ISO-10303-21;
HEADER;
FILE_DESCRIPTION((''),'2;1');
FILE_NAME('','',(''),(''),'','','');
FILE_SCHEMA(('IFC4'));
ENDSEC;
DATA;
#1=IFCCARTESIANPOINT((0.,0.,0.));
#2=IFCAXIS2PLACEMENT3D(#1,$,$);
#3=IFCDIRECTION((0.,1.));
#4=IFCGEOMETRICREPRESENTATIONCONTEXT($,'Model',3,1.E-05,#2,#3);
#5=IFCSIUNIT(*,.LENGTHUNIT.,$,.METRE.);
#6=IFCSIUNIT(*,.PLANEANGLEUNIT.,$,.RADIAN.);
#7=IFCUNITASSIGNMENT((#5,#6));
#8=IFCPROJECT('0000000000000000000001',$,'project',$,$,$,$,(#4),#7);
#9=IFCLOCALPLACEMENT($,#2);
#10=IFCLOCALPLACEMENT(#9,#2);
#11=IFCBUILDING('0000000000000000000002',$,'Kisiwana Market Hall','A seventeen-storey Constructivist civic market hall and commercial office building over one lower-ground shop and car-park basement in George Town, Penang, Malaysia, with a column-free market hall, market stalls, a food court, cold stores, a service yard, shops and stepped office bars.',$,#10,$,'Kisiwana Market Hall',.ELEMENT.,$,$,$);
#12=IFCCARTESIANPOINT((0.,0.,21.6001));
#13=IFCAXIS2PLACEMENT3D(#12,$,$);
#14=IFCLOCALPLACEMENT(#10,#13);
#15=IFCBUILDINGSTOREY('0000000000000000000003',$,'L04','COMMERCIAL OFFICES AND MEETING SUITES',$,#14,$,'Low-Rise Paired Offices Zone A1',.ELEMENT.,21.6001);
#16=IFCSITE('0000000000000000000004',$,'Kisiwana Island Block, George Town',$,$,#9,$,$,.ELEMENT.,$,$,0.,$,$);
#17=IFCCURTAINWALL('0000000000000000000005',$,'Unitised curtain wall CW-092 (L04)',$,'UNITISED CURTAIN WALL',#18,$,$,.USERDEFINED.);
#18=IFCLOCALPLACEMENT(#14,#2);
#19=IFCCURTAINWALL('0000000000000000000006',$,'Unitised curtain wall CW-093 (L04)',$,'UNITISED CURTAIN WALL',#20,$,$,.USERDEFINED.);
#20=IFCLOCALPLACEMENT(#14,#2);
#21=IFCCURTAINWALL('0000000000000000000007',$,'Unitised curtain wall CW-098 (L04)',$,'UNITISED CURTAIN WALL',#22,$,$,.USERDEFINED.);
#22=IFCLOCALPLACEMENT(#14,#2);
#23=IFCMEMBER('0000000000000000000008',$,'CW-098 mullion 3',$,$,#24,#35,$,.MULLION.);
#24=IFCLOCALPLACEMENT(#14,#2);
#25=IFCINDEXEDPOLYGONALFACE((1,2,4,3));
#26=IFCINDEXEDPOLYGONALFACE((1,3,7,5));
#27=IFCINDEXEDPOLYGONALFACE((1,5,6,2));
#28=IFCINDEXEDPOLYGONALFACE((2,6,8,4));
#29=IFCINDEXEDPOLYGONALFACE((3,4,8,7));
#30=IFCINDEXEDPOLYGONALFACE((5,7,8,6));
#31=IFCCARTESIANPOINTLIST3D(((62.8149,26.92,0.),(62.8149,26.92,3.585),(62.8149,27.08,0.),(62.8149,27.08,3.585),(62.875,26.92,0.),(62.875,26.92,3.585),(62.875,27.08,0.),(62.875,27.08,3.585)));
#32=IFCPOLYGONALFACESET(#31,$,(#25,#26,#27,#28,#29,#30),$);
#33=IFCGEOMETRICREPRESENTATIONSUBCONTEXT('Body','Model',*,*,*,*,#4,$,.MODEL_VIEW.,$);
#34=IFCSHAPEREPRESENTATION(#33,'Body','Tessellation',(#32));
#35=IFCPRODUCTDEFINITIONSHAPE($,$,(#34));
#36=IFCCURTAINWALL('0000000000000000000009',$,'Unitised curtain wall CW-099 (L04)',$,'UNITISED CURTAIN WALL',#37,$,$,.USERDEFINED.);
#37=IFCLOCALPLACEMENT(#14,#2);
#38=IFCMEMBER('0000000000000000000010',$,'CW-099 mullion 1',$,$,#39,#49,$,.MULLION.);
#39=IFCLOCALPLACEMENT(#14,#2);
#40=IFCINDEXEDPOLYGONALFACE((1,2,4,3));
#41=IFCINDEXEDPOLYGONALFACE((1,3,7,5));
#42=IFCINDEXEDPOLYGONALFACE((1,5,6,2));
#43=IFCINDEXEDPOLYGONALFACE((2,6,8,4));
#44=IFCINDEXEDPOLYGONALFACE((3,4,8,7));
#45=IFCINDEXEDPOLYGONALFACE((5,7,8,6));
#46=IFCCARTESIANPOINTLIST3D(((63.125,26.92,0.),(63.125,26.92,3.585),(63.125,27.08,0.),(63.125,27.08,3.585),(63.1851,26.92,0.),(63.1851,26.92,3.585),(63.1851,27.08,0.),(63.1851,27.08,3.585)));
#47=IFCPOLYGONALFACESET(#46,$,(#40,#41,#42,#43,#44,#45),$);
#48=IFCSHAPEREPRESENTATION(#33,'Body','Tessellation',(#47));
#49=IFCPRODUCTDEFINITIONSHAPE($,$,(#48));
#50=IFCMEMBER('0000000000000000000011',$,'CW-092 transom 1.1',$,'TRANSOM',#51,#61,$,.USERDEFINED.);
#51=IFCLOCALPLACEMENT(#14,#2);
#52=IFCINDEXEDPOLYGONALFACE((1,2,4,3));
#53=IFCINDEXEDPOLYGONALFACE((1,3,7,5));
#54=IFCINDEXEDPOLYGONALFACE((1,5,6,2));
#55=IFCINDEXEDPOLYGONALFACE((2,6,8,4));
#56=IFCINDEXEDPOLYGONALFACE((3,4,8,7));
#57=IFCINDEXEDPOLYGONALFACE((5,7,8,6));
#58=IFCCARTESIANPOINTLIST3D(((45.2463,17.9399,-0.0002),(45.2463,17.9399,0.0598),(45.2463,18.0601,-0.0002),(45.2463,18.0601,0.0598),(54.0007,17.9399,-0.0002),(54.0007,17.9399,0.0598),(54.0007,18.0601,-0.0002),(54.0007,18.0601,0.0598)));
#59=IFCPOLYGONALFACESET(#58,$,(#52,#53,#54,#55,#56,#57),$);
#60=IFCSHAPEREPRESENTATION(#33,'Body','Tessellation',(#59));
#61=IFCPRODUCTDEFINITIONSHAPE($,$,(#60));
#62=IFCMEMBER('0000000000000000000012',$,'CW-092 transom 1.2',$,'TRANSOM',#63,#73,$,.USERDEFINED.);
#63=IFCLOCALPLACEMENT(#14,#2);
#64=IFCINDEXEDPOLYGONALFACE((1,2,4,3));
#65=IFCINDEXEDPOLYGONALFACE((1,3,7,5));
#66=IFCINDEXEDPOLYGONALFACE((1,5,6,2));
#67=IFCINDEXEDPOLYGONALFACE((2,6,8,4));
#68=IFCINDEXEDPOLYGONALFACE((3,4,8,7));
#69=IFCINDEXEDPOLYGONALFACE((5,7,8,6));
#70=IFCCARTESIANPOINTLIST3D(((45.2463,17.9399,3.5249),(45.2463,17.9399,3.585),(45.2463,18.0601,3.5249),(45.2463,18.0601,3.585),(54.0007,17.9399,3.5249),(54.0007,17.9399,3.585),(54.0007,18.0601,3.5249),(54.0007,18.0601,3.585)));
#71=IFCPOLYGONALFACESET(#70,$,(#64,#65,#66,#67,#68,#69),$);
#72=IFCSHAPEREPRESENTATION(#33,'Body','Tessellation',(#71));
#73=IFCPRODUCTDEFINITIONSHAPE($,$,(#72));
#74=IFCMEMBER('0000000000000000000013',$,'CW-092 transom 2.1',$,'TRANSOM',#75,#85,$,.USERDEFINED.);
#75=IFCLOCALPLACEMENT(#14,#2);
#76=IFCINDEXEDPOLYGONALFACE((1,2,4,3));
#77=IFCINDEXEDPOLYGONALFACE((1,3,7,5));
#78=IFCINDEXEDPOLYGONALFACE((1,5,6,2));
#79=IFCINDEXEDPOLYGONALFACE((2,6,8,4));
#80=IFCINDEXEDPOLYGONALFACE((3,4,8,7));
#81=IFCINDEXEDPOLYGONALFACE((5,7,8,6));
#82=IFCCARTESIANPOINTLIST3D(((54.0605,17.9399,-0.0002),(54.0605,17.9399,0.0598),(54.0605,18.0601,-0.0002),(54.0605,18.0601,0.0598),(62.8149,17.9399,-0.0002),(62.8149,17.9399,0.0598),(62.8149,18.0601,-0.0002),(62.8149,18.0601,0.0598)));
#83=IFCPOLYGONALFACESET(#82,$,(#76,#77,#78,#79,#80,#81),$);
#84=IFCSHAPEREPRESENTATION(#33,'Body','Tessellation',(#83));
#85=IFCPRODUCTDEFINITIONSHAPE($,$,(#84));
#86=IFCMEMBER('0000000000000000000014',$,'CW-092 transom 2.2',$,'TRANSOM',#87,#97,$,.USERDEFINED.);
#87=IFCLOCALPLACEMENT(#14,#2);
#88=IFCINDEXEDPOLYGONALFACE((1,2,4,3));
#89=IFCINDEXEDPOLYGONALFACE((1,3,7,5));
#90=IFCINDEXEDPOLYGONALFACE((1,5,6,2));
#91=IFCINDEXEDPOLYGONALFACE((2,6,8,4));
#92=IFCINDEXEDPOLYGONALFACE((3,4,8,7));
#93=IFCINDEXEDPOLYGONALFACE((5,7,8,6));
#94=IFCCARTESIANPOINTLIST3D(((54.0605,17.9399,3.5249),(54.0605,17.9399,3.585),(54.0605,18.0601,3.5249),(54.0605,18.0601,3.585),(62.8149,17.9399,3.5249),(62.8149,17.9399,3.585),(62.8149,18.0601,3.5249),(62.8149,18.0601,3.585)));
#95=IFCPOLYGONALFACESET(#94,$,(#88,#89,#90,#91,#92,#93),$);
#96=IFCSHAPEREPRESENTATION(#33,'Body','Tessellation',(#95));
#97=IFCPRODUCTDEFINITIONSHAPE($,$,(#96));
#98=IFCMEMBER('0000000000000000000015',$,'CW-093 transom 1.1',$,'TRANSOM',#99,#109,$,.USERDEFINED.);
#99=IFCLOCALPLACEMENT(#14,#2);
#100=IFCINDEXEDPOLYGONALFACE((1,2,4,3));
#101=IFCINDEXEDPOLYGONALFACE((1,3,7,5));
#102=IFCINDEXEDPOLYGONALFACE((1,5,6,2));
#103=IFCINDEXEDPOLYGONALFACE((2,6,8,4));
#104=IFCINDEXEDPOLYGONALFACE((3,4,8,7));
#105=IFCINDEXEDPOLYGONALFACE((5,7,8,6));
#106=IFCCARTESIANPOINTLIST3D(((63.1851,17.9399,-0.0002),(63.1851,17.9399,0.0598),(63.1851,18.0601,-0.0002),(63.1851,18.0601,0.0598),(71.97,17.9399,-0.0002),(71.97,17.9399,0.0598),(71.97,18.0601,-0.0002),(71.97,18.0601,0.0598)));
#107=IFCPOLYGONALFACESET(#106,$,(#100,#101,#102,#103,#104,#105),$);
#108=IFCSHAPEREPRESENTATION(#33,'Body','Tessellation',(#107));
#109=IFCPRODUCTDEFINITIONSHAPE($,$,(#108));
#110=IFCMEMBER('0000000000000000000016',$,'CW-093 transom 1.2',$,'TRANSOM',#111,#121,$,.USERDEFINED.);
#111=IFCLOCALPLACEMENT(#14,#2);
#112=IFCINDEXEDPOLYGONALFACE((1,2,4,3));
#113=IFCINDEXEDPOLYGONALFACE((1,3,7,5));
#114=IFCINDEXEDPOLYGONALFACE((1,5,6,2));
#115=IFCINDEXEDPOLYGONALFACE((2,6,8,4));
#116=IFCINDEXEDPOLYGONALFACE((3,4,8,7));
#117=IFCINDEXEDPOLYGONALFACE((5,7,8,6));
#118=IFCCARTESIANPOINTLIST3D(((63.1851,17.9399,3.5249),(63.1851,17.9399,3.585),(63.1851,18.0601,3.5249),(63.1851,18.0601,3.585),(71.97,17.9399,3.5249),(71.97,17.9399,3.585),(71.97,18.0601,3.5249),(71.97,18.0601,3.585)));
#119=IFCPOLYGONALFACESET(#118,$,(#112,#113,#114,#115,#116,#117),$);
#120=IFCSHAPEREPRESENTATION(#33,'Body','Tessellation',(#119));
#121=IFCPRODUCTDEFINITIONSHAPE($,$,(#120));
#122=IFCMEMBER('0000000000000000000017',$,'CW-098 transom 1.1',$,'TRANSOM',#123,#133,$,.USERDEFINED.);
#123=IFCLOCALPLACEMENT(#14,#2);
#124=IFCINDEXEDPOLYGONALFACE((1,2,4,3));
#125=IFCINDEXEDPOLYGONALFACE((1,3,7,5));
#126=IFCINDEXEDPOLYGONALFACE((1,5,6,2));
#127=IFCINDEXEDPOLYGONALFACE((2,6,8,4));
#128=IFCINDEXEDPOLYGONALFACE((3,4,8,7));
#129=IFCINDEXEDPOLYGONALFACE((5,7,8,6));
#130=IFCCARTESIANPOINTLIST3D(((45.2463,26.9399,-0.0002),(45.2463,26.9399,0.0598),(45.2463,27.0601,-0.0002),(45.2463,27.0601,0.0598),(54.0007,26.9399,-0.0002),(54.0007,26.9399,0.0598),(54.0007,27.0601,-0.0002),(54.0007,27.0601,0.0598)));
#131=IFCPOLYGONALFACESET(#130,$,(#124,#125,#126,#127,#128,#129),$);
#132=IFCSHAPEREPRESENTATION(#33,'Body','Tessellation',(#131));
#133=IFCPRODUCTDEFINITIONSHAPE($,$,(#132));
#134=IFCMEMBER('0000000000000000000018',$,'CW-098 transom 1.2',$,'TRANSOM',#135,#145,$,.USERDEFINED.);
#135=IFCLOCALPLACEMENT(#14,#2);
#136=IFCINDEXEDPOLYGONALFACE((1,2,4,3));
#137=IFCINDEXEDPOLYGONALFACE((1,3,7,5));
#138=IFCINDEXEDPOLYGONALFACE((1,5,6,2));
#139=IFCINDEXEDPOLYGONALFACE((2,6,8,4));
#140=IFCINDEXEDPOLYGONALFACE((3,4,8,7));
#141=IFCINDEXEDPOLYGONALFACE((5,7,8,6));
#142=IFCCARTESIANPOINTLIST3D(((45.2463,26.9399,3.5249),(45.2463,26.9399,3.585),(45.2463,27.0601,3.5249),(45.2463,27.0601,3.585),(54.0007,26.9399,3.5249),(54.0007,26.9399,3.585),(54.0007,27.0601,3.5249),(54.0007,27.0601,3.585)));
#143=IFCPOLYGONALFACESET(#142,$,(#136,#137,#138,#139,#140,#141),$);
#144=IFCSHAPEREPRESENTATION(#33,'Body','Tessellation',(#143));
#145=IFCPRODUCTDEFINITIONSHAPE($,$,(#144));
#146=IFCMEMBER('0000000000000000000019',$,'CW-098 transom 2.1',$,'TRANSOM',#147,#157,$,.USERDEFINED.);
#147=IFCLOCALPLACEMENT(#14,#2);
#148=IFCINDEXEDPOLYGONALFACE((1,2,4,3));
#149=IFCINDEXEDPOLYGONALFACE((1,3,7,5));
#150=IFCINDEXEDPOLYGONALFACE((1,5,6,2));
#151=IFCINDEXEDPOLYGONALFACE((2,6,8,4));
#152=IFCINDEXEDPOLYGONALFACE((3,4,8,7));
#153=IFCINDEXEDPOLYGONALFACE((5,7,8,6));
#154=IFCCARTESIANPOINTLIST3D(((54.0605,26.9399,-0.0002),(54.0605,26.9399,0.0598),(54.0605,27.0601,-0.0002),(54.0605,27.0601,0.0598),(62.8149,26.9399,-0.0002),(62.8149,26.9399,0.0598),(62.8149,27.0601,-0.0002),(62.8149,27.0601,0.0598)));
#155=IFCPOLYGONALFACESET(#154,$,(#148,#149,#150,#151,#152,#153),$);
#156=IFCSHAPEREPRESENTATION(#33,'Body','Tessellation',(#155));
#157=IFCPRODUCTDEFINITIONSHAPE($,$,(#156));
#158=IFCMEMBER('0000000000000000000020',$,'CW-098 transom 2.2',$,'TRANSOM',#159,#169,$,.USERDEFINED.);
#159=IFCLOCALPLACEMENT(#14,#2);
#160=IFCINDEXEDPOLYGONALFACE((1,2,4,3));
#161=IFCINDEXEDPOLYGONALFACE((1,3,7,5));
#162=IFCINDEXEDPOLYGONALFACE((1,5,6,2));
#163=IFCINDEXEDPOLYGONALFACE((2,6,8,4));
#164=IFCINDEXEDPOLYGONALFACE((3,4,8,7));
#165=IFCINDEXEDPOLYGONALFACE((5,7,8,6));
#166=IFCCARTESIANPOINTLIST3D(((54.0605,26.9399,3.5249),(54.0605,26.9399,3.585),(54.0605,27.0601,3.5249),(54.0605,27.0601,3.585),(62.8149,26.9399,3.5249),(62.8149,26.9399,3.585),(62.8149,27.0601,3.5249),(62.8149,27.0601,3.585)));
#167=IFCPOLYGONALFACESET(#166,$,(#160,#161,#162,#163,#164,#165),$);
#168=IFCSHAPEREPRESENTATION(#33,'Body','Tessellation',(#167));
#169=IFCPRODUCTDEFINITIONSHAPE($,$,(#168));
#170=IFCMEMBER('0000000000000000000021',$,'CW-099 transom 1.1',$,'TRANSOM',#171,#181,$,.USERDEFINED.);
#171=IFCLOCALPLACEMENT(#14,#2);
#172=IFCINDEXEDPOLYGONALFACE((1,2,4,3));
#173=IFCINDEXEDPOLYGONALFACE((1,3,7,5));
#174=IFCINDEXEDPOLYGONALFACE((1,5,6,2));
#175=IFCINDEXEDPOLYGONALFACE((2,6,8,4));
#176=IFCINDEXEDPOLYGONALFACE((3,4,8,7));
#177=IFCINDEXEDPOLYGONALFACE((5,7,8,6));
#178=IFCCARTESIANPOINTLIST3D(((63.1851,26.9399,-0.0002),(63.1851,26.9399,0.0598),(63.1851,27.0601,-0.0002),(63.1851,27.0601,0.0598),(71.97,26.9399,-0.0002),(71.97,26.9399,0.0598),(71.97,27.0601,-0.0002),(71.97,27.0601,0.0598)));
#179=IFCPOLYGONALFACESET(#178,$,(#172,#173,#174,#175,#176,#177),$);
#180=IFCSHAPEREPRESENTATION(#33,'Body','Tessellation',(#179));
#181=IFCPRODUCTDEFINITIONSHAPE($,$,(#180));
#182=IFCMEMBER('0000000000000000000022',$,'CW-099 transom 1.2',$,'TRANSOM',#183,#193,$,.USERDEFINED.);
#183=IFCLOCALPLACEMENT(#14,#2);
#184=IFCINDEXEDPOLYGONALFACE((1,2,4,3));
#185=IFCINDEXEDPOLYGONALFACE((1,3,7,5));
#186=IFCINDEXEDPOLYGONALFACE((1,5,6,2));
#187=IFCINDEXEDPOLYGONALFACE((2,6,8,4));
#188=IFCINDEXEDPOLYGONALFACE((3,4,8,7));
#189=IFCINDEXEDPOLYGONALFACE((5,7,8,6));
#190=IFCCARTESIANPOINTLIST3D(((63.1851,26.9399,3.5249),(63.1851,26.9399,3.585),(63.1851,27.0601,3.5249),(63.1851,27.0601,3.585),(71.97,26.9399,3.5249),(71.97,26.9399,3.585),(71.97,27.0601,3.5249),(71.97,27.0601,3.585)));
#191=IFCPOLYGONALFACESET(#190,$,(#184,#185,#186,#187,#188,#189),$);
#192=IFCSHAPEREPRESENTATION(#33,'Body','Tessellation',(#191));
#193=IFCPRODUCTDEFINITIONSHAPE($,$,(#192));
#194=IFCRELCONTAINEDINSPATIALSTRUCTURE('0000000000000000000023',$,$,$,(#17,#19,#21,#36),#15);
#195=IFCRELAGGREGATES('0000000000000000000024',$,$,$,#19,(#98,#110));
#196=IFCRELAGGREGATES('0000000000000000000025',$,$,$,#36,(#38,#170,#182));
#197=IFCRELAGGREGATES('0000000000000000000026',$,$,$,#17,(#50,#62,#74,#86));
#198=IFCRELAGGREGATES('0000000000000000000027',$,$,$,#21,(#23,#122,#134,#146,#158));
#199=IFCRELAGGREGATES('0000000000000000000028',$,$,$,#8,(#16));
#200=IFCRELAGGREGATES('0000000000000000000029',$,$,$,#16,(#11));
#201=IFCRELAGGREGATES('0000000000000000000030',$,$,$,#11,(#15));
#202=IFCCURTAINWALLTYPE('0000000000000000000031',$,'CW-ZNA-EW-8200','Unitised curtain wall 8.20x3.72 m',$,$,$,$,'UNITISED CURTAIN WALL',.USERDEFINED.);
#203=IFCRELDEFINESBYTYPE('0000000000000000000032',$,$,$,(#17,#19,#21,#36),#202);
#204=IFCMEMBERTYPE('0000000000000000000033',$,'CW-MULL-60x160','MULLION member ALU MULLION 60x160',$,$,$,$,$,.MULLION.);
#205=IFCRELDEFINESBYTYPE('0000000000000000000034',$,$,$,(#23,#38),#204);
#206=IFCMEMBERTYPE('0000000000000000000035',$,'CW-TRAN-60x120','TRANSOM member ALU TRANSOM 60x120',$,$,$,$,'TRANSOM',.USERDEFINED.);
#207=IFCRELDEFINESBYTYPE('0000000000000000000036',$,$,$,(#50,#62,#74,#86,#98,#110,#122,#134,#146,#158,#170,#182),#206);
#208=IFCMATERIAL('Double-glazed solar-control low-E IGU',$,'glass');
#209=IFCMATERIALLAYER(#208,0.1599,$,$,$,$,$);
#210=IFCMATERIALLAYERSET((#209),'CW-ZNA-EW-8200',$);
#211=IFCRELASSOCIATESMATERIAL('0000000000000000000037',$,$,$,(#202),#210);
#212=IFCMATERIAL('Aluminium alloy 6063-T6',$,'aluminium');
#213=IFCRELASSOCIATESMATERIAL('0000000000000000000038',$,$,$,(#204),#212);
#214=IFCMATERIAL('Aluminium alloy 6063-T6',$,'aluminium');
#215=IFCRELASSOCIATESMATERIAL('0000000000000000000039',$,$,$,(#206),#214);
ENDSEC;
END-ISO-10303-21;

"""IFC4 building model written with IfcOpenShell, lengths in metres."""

from ifc_helpers import new_model, si_unit, direction, frame, origin, origin_2d, place, context, subcontext, project, spatial, rectangle, extrude, material, layer, layer_set, material_profile, profile_set, type_object, element, aggregate, save


model = new_model("IFC4")

# Units and contexts
model_context = context("Model", 3, precision=1e-05, world=origin(), true_north=direction((0.0, 1.0)))
body_context = subcontext(model_context, "Body", "Model", "MODEL_VIEW")
ifc_project = project(units=[si_unit("LENGTHUNIT", "METRE"), si_unit("PLANEANGLEUNIT", "RADIAN")], contexts=[model_context])

# Site, building, storey
site_placement = place(None, origin())
site = spatial("IfcSite", under=ifc_project, at=site_placement, Name="Kisiwana Island Block, George Town", CompositionType="ELEMENT", RefElevation=0.0)
building_placement = place(site_placement, origin())
building = spatial("IfcBuilding", under=site, at=building_placement, Name="Kisiwana Market Hall", Description="A seventeen-storey Constructivist civic market hall and commercial office building over one lower-ground shop and car-park basement in George Town, Penang, Malaysia, with a column-free market hall, market stalls, a food court, cold stores, a service yard, shops and stepped office bars.", LongName="Kisiwana Market Hall", CompositionType="ELEMENT")
storey_placement = place(building_placement, frame((0.0, 0.0, 21.6001)))
storey = spatial("IfcBuildingStorey", under=building, at=storey_placement, Name="L04", Description="COMMERCIAL OFFICES AND MEETING SUITES", LongName="Low-Rise Paired Offices Zone A1", CompositionType="ELEMENT", Elevation=21.6001)

# Curtain wall
ifc_material_1 = material(Name="Double-glazed solar-control low-E IGU", Category="glass")
ifc_layer_1 = layer(ifc_material_1, 0.1599)
ifc_layer_set_1 = layer_set([ifc_layer_1], Name="CW-ZNA-EW-8200")
curtain_wall_type = type_object("IfcCurtainWallType", Name="CW-ZNA-EW-8200", Description="Unitised curtain wall 8.20x3.72 m", ElementType="UNITISED CURTAIN WALL", PredefinedType="USERDEFINED", material=ifc_layer_set_1)
curtain_wall_1_placement = place(storey_placement, origin())
curtain_wall_1 = element("IfcCurtainWall", 1, at=curtain_wall_1_placement, inside=storey, type_object=curtain_wall_type, Name="Unitised curtain wall CW-092 (L04)", ObjectType="UNITISED CURTAIN WALL", PredefinedType="USERDEFINED")
ifc_material_2 = material(Name="Aluminium alloy 6063-T6", Category="aluminium")
ifc_material_profile_1 = material_profile(ifc_material_2, rectangle(XDim=0.0601, YDim=0.1599, at=origin_2d()), Name="ALU MULLION 60x160")
ifc_profile_set_1 = profile_set([ifc_material_profile_1], Name="Aluminium alloy 6063-T6")
member_type_1 = type_object("IfcMemberType", Name="CW-MULL-60x160", Description="MULLION member ALU MULLION 60x160", PredefinedType="MULLION", material=ifc_profile_set_1)

# Curtain wall
curtain_wall_2_placement = place(storey_placement, origin())
curtain_wall_2 = element("IfcCurtainWall", 2, at=curtain_wall_2_placement, inside=storey, type_object=curtain_wall_type, Name="Unitised curtain wall CW-093 (L04)", ObjectType="UNITISED CURTAIN WALL", PredefinedType="USERDEFINED")

# Curtain wall, member
curtain_wall_3_placement = place(storey_placement, origin())
curtain_wall_3 = element("IfcCurtainWall", 3, at=curtain_wall_3_placement, inside=storey, type_object=curtain_wall_type, Name="Unitised curtain wall CW-098 (L04)", ObjectType="UNITISED CURTAIN WALL", PredefinedType="USERDEFINED")
member_1_placement = place(storey_placement, frame((62.845, 27.0, 0.0), z_axis=(0.0, 0.0, 1.0), x_axis=(1.0, 0.0, 0.0)))
member_1 = element("IfcMember", 4, at=member_1_placement, type_object=member_type_1, Name="CW-098 mullion 3", PredefinedType="MULLION", context=body_context, shape_type="SweptSolid", body=[
    extrude(rectangle(XDim=0.0601, YDim=0.1599, at=origin_2d()), origin(), (0.0, 0.0, 1.0), 3.585),
])

# Curtain wall, member
curtain_wall_4_placement = place(storey_placement, origin())
curtain_wall_4 = element("IfcCurtainWall", 5, at=curtain_wall_4_placement, inside=storey, type_object=curtain_wall_type, Name="Unitised curtain wall CW-099 (L04)", ObjectType="UNITISED CURTAIN WALL", PredefinedType="USERDEFINED")
member_2_placement = place(storey_placement, frame((63.155, 27.0, 0.0), z_axis=(0.0, 0.0, 1.0), x_axis=(1.0, 0.0, 0.0)))
member_2 = element("IfcMember", 6, at=member_2_placement, type_object=member_type_1, Name="CW-099 mullion 1", PredefinedType="MULLION", context=body_context, shape_type="SweptSolid", body=[
    extrude(rectangle(XDim=0.0601, YDim=0.1599, at=origin_2d()), origin(), (0.0, 0.0, 1.0), 3.585),
])

# Members
ifc_material_3 = material(Name="Aluminium alloy 6063-T6", Category="aluminium")
ifc_material_profile_2 = material_profile(ifc_material_3, rectangle(XDim=0.1201, YDim=0.0601, at=origin_2d()), Name="ALU TRANSOM 60x120")
ifc_profile_set_2 = profile_set([ifc_material_profile_2], Name="Aluminium alloy 6063-T6")
member_type_2 = type_object("IfcMemberType", Name="CW-TRAN-60x120", Description="TRANSOM member ALU TRANSOM 60x120", ElementType="TRANSOM", PredefinedType="USERDEFINED", material=ifc_profile_set_2)
member_3_placement = place(storey_placement, frame((45.2463, 18.0, 0.0298), z_axis=(1.0, 0.0, 0.0), x_axis=(0.0, 1.0, 0.0)))
member_3 = element("IfcMember", 7, at=member_3_placement, type_object=member_type_2, Name="CW-092 transom 1.1", ObjectType="TRANSOM", PredefinedType="USERDEFINED", context=body_context, shape_type="SweptSolid", body=[
    extrude(rectangle(XDim=0.1201, YDim=0.0601, at=origin_2d()), origin(), (0.0, 0.0, 1.0), 8.7544),
])
member_4_placement = place(storey_placement, frame((45.2463, 18.0, 3.5549), z_axis=(1.0, 0.0, 0.0), x_axis=(0.0, 1.0, 0.0)))
member_4 = element("IfcMember", 8, at=member_4_placement, type_object=member_type_2, Name="CW-092 transom 1.2", ObjectType="TRANSOM", PredefinedType="USERDEFINED", context=body_context, shape_type="SweptSolid", body=[
    extrude(rectangle(XDim=0.1201, YDim=0.0601, at=origin_2d()), origin(), (0.0, 0.0, 1.0), 8.7544),
])
member_5_placement = place(storey_placement, frame((54.0605, 18.0, 0.0298), z_axis=(1.0, 0.0, 0.0), x_axis=(0.0, 1.0, 0.0)))
member_5 = element("IfcMember", 9, at=member_5_placement, type_object=member_type_2, Name="CW-092 transom 2.1", ObjectType="TRANSOM", PredefinedType="USERDEFINED", context=body_context, shape_type="SweptSolid", body=[
    extrude(rectangle(XDim=0.1201, YDim=0.0601, at=origin_2d()), origin(), (0.0, 0.0, 1.0), 8.7544),
])
member_6_placement = place(storey_placement, frame((54.0605, 18.0, 3.5549), z_axis=(1.0, 0.0, 0.0), x_axis=(0.0, 1.0, 0.0)))
member_6 = element("IfcMember", 10, at=member_6_placement, type_object=member_type_2, Name="CW-092 transom 2.2", ObjectType="TRANSOM", PredefinedType="USERDEFINED", context=body_context, shape_type="SweptSolid", body=[
    extrude(rectangle(XDim=0.1201, YDim=0.0601, at=origin_2d()), origin(), (0.0, 0.0, 1.0), 8.7544),
])
member_7_placement = place(storey_placement, frame((63.1851, 18.0, 0.0298), z_axis=(1.0, 0.0, 0.0), x_axis=(0.0, 1.0, 0.0)))
member_7 = element("IfcMember", 11, at=member_7_placement, type_object=member_type_2, Name="CW-093 transom 1.1", ObjectType="TRANSOM", PredefinedType="USERDEFINED", context=body_context, shape_type="SweptSolid", body=[
    extrude(rectangle(XDim=0.1201, YDim=0.0601, at=origin_2d()), origin(), (0.0, 0.0, 1.0), 8.7849),
])
member_8_placement = place(storey_placement, frame((63.1851, 18.0, 3.5549), z_axis=(1.0, 0.0, 0.0), x_axis=(0.0, 1.0, 0.0)))
member_8 = element("IfcMember", 12, at=member_8_placement, type_object=member_type_2, Name="CW-093 transom 1.2", ObjectType="TRANSOM", PredefinedType="USERDEFINED", context=body_context, shape_type="SweptSolid", body=[
    extrude(rectangle(XDim=0.1201, YDim=0.0601, at=origin_2d()), origin(), (0.0, 0.0, 1.0), 8.7849),
])
aggregate(curtain_wall_2, [member_7, member_8])
member_9_placement = place(storey_placement, frame((45.2463, 27.0, 0.0298), z_axis=(1.0, 0.0, 0.0), x_axis=(0.0, 1.0, 0.0)))
member_9 = element("IfcMember", 13, at=member_9_placement, type_object=member_type_2, Name="CW-098 transom 1.1", ObjectType="TRANSOM", PredefinedType="USERDEFINED", context=body_context, shape_type="SweptSolid", body=[
    extrude(rectangle(XDim=0.1201, YDim=0.0601, at=origin_2d()), origin(), (0.0, 0.0, 1.0), 8.7544),
])
member_10_placement = place(storey_placement, frame((45.2463, 27.0, 3.5549), z_axis=(1.0, 0.0, 0.0), x_axis=(0.0, 1.0, 0.0)))
member_10 = element("IfcMember", 14, at=member_10_placement, type_object=member_type_2, Name="CW-098 transom 1.2", ObjectType="TRANSOM", PredefinedType="USERDEFINED", context=body_context, shape_type="SweptSolid", body=[
    extrude(rectangle(XDim=0.1201, YDim=0.0601, at=origin_2d()), origin(), (0.0, 0.0, 1.0), 8.7544),
])
member_11_placement = place(storey_placement, frame((54.0605, 27.0, 0.0298), z_axis=(1.0, 0.0, 0.0), x_axis=(0.0, 1.0, 0.0)))
member_11 = element("IfcMember", 15, at=member_11_placement, type_object=member_type_2, Name="CW-098 transom 2.1", ObjectType="TRANSOM", PredefinedType="USERDEFINED", context=body_context, shape_type="SweptSolid", body=[
    extrude(rectangle(XDim=0.1201, YDim=0.0601, at=origin_2d()), origin(), (0.0, 0.0, 1.0), 8.7544),
])
member_12_placement = place(storey_placement, frame((54.0605, 27.0, 3.5549), z_axis=(1.0, 0.0, 0.0), x_axis=(0.0, 1.0, 0.0)))
member_12 = element("IfcMember", 16, at=member_12_placement, type_object=member_type_2, Name="CW-098 transom 2.2", ObjectType="TRANSOM", PredefinedType="USERDEFINED", context=body_context, shape_type="SweptSolid", body=[
    extrude(rectangle(XDim=0.1201, YDim=0.0601, at=origin_2d()), origin(), (0.0, 0.0, 1.0), 8.7544),
])
member_13_placement = place(storey_placement, frame((63.1851, 27.0, 0.0298), z_axis=(1.0, 0.0, 0.0), x_axis=(0.0, 1.0, 0.0)))
member_13 = element("IfcMember", 17, at=member_13_placement, type_object=member_type_2, Name="CW-099 transom 1.1", ObjectType="TRANSOM", PredefinedType="USERDEFINED", context=body_context, shape_type="SweptSolid", body=[
    extrude(rectangle(XDim=0.1201, YDim=0.0601, at=origin_2d()), origin(), (0.0, 0.0, 1.0), 8.7849),
])
member_14_placement = place(storey_placement, frame((63.1851, 27.0, 3.5549), z_axis=(1.0, 0.0, 0.0), x_axis=(0.0, 1.0, 0.0)))
member_14 = element("IfcMember", 18, at=member_14_placement, type_object=member_type_2, Name="CW-099 transom 1.2", ObjectType="TRANSOM", PredefinedType="USERDEFINED", context=body_context, shape_type="SweptSolid", body=[
    extrude(rectangle(XDim=0.1201, YDim=0.0601, at=origin_2d()), origin(), (0.0, 0.0, 1.0), 8.7849),
])
aggregate(curtain_wall_4, [member_2, member_13, member_14])

aggregate(curtain_wall_1, [member_3, member_4, member_5, member_6])
aggregate(curtain_wall_3, [member_1, member_9, member_10, member_11, member_12])

save(model, "model.ifc")
